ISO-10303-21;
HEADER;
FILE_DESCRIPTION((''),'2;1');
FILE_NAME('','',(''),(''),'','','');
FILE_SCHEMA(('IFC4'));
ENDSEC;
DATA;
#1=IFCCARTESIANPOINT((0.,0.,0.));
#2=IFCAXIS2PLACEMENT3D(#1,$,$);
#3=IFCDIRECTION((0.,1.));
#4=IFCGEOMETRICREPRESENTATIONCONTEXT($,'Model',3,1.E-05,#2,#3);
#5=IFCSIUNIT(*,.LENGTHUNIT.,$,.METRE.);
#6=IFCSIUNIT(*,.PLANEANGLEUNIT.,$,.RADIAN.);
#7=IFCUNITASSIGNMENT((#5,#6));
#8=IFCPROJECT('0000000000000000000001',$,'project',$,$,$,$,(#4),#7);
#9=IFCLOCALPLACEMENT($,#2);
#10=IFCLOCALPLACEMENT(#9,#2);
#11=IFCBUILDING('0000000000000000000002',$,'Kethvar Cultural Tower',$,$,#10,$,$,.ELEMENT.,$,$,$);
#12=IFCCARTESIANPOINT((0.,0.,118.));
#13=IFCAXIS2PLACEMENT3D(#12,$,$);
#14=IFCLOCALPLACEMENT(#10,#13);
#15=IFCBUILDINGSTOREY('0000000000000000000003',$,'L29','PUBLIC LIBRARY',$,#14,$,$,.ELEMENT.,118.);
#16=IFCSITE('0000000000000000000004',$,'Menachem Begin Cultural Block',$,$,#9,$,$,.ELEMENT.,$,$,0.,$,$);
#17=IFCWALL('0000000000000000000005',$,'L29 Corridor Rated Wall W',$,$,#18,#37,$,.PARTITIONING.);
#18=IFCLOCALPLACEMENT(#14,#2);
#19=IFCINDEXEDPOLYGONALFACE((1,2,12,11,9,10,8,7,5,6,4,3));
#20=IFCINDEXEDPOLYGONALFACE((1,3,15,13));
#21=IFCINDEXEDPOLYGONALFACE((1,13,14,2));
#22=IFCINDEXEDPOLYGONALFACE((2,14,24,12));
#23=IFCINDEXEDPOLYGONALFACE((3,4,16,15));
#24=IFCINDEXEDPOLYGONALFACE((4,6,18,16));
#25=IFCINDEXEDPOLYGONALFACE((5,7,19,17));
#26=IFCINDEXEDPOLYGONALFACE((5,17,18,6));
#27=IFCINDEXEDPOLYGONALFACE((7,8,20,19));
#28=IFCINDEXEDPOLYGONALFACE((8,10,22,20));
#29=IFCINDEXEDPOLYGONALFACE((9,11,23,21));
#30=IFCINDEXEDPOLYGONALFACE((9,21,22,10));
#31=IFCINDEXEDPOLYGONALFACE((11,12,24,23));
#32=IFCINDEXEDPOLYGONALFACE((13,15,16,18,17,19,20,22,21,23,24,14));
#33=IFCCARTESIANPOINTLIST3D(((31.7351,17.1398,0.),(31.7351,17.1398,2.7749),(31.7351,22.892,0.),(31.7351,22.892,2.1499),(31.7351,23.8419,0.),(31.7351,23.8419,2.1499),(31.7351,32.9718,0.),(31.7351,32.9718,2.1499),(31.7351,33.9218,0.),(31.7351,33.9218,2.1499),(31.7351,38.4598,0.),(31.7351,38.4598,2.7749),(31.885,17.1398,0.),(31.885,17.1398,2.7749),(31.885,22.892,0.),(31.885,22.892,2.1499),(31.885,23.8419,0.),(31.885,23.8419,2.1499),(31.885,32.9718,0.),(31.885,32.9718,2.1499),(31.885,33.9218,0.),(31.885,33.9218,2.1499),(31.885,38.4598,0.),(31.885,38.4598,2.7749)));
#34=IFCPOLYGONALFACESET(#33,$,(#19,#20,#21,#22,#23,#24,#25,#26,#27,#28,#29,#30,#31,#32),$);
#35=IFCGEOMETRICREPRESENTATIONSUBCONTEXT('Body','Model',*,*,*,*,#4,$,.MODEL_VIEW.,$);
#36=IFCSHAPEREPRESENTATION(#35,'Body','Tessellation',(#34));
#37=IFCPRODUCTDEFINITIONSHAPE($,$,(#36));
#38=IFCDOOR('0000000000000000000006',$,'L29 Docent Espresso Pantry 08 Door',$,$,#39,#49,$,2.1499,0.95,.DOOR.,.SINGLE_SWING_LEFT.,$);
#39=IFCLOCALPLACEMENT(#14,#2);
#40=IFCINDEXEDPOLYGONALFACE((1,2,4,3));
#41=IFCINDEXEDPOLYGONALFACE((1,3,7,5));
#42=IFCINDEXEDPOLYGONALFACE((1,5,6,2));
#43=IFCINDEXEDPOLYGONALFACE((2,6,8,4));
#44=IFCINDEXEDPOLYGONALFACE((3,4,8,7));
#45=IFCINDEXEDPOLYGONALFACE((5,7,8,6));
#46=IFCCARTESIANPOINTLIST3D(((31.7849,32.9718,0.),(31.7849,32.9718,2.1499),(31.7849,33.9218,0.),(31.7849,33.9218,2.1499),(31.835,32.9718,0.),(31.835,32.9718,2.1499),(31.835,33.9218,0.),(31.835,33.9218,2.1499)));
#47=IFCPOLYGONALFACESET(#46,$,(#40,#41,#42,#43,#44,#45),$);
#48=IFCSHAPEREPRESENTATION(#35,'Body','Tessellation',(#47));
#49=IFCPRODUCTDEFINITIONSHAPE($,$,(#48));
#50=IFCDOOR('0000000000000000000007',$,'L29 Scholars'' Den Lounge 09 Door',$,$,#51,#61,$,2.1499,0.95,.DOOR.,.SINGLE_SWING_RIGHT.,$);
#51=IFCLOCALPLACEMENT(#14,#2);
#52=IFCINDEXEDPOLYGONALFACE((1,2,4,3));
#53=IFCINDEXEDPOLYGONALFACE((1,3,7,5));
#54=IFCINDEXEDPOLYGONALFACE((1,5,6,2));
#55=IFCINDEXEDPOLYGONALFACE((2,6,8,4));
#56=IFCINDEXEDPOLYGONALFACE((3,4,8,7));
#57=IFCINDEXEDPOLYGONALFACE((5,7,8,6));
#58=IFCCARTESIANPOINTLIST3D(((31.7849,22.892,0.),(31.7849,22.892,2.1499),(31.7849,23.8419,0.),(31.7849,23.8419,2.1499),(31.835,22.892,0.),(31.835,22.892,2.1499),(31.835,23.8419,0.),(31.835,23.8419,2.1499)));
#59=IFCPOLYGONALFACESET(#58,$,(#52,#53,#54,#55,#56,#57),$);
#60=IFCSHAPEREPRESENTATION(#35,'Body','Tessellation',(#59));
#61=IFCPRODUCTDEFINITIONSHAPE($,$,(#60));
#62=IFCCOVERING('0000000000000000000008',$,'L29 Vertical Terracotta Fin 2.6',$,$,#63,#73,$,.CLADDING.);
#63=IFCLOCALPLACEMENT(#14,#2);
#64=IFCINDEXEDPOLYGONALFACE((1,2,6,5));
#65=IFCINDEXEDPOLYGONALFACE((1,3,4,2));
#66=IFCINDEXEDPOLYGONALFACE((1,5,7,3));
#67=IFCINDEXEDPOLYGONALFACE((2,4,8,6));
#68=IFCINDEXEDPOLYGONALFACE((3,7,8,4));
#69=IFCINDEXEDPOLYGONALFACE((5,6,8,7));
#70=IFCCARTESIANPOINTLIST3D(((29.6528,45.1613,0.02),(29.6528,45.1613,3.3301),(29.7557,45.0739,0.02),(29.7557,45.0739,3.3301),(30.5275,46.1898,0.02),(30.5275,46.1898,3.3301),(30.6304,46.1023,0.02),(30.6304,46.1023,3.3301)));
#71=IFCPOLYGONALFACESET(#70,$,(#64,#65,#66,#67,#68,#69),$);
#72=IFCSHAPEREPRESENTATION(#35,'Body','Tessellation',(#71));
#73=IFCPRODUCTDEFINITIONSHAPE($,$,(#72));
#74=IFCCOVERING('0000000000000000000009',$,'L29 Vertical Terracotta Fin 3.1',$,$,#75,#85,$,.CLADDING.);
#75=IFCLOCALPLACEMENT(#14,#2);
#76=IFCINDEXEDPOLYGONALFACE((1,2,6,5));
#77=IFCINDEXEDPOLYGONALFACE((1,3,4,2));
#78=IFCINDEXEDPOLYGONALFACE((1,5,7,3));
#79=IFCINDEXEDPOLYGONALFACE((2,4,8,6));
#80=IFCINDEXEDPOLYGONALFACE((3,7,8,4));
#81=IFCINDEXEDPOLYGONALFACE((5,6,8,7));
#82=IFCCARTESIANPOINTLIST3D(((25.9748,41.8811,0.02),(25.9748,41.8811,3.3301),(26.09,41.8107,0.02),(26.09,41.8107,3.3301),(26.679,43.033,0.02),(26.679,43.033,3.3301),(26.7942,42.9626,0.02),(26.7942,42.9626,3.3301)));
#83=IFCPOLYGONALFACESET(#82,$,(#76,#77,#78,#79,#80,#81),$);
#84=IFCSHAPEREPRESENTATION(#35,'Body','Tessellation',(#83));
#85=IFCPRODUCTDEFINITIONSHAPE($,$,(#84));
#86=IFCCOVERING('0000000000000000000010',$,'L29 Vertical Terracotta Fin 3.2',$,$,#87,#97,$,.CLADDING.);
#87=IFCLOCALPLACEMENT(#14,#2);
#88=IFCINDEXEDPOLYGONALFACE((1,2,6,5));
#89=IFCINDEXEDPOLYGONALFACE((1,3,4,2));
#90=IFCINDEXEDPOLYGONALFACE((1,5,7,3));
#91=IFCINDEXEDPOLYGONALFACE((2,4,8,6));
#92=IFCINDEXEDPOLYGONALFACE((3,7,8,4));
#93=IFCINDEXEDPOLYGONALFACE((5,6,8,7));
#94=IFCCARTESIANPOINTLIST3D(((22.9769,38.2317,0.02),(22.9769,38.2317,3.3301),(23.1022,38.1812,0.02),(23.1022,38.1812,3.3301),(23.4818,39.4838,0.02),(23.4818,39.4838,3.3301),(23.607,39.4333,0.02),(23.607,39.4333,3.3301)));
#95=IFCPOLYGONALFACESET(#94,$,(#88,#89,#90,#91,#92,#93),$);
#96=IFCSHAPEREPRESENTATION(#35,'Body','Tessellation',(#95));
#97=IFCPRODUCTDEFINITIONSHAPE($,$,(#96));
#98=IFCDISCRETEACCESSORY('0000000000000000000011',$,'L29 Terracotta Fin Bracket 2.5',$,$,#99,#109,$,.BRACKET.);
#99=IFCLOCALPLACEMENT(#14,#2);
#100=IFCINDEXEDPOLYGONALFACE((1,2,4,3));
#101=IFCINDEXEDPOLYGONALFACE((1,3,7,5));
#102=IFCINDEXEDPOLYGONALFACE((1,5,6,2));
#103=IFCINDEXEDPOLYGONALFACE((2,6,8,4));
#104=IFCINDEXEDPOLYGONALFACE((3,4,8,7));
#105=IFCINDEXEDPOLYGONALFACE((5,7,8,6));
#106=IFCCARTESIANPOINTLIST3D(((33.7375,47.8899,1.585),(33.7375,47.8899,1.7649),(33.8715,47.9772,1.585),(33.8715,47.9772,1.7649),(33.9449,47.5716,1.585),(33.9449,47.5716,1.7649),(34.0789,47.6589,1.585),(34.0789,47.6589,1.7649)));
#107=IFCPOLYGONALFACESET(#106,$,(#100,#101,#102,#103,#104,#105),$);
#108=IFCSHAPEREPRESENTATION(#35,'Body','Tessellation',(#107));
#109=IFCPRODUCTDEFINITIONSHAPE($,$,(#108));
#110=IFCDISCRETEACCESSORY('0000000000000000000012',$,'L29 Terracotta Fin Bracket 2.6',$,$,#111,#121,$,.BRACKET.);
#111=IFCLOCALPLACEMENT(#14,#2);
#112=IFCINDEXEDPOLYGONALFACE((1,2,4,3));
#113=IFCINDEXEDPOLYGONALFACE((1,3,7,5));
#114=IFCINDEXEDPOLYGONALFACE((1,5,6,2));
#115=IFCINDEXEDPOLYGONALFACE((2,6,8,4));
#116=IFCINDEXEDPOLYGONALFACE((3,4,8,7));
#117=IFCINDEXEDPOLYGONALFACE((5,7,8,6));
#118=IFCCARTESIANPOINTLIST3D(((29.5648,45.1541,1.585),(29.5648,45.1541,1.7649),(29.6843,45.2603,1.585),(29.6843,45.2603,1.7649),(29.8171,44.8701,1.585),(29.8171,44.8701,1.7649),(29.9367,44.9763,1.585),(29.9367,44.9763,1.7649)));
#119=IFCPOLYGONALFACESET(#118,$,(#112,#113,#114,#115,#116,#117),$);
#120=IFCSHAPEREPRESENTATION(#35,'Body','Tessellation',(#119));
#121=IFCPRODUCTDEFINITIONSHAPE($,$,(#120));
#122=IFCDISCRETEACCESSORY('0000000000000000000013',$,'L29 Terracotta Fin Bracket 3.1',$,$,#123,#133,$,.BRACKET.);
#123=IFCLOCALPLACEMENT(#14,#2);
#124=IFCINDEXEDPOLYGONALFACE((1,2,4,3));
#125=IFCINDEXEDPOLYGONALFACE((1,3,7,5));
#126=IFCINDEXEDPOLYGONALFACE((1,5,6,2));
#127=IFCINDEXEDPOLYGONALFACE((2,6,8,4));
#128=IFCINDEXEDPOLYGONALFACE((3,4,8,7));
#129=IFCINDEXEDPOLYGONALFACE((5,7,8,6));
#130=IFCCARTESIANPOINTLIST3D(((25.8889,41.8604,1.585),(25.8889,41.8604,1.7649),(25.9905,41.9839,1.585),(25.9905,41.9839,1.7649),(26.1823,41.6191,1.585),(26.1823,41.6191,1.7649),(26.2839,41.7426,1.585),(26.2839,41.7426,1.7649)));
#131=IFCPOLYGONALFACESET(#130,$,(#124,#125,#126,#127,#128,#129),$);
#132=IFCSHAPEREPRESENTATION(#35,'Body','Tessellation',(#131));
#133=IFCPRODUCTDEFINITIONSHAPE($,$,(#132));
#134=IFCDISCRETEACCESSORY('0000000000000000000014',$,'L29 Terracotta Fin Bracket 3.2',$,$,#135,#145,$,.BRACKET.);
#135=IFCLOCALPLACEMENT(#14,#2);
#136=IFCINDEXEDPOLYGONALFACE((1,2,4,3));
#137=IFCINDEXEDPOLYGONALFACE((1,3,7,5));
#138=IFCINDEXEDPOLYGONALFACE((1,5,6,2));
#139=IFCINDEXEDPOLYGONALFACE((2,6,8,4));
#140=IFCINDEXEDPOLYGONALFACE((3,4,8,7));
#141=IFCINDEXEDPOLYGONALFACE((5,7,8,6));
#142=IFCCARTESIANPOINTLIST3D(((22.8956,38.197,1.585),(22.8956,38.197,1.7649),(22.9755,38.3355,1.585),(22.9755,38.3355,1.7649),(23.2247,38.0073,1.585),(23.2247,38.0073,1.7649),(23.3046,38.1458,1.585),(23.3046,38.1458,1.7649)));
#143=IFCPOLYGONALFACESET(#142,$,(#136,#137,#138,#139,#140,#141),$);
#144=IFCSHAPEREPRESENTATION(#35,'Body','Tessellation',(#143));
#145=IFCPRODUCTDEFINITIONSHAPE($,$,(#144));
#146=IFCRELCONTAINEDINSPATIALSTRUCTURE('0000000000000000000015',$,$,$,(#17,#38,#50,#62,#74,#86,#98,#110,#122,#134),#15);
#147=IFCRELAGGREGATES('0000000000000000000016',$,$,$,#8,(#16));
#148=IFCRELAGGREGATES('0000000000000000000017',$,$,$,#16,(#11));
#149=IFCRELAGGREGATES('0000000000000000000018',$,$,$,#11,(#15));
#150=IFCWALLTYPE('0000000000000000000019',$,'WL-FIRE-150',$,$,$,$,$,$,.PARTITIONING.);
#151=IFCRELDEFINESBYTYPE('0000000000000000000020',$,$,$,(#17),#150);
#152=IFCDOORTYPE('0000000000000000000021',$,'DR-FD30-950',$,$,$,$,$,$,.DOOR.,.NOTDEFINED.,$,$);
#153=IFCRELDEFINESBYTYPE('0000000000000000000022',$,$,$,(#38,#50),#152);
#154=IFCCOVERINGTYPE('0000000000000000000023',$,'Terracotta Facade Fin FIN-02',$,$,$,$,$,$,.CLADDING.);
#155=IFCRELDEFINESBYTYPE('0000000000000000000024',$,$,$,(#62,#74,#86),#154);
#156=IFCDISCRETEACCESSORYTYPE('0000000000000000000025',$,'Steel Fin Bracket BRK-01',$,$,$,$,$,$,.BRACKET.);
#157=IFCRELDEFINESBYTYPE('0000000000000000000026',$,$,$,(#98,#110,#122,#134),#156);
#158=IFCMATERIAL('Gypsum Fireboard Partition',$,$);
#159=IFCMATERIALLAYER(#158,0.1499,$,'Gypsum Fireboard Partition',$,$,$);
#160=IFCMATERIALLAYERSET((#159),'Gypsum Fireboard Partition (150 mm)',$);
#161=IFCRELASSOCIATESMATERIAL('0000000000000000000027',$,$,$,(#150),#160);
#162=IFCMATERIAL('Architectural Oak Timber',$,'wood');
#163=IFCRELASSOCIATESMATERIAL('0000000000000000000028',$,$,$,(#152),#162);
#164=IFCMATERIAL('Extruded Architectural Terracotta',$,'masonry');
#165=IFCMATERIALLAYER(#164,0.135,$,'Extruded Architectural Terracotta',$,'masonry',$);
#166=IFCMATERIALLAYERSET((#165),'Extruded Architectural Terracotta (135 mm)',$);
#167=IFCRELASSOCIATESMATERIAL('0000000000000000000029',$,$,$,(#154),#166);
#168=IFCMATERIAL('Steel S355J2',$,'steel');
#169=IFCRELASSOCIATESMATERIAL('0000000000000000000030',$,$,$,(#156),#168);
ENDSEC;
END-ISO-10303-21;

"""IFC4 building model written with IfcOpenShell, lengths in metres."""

from ifc_helpers import new_model, si_unit, direction, frame, frame_2d, origin, origin_2d, place, context, subcontext, project, spatial, rectangle, extrude, source, transform, mapped, material, layer, layer_set, type_object, element, fill, save


model = new_model("IFC4")

# Units and contexts
model_context = context("Model", 3, precision=1e-05, world=origin(), true_north=direction((0.0, 1.0)))
body_context = subcontext(model_context, "Body", "Model", "MODEL_VIEW")
ifc_project = project(units=[si_unit("LENGTHUNIT", "METRE"), si_unit("PLANEANGLEUNIT", "RADIAN")], contexts=[model_context])

# Site, building, storey
site_placement = place(None, origin())
site = spatial("IfcSite", under=ifc_project, at=site_placement, Name="Menachem Begin Cultural Block", CompositionType="ELEMENT", RefElevation=0.0)
building_placement = place(site_placement, origin())
building = spatial("IfcBuilding", under=site, at=building_placement, Name="Kethvar Cultural Tower", CompositionType="ELEMENT")
storey_placement = place(building_placement, frame((0.0, 0.0, 118.0)))
storey = spatial("IfcBuildingStorey", under=building, at=storey_placement, Name="L29", Description="PUBLIC LIBRARY", CompositionType="ELEMENT", Elevation=118.0)

# Shared definitions
ifc_material_1 = material(Name="Steel S355J2", Category="steel")

# Wall, openings, doors
ifc_material_2 = material(Name="Gypsum Fireboard Partition")
ifc_layer_1 = layer(ifc_material_2, 0.1499, Name="Gypsum Fireboard Partition")
ifc_layer_set_1 = layer_set([ifc_layer_1], Name="Gypsum Fireboard Partition (150 mm)")
wall_type = type_object("IfcWallType", Name="WL-FIRE-150", PredefinedType="PARTITIONING", material=ifc_layer_set_1)
wall_placement = place(storey_placement, frame((31.8101, 38.46, 0.0), z_axis=(0.0, 0.0, 1.0), x_axis=(0.0, -1.0, 0.0)))
wall = element("IfcWall", 1, at=wall_placement, inside=storey, type_object=wall_type, Name="L29 Corridor Rated Wall W", PredefinedType="PARTITIONING", context=body_context, shape_type="SweptSolid", body=[
    extrude(rectangle(XDim=21.3201, YDim=0.1499, at=frame_2d((10.6602, 0.0))), origin(), (0.0, 0.0, 1.0), 2.7749),
])
opening_1_placement = place(wall_placement, frame((4.5381, 0.0, 0.0)))
opening_1 = element("IfcOpeningElement", 2, at=opening_1_placement, cuts=wall, PredefinedType="OPENING", context=body_context, shape_type="SweptSolid", body=[
    extrude(rectangle(XDim=0.95, YDim=2.1499, at=frame_2d((0.4751, 1.075))), frame((0.0, 0.085, 0.0), z_axis=(0.0, -1.0, 0.0), x_axis=(1.0, 0.0, 0.0)), (0.0, 0.0, 1.0), 0.1699),
])
opening_2_placement = place(wall_placement, frame((14.6179, 0.0, 0.0)))
opening_2 = element("IfcOpeningElement", 3, at=opening_2_placement, cuts=wall, PredefinedType="OPENING", context=body_context, shape_type="SweptSolid", body=[
    extrude(rectangle(XDim=0.95, YDim=2.1499, at=frame_2d((0.4751, 1.075))), frame((0.0, 0.085, 0.0), z_axis=(0.0, -1.0, 0.0), x_axis=(1.0, 0.0, 0.0)), (0.0, 0.0, 1.0), 0.1699),
])
ifc_material_3 = material(Name="Architectural Oak Timber", Category="wood")
door_type = type_object("IfcDoorType", Name="DR-FD30-950", OperationType="NOTDEFINED", PredefinedType="DOOR", material=ifc_material_3)
shared_shape_1 = source(origin(), body_context, "Body", "SweptSolid", [
    extrude(rectangle(XDim=0.95, YDim=2.1499, at=frame_2d((0.4751, 1.075))), frame((0.0, 0.0249, 0.0), z_axis=(0.0, -1.0, 0.0), x_axis=(1.0, 0.0, 0.0)), (0.0, 0.0, 1.0), 0.05),
])
door_1_placement = place(opening_1_placement, origin())
door_1 = element("IfcDoor", 4, at=door_1_placement, inside=storey, type_object=door_type, Name="L29 Docent Espresso Pantry 08 Door", OperationType="SINGLE_SWING_LEFT", OverallHeight=2.1499, OverallWidth=0.95, PredefinedType="DOOR", context=body_context, shape_type="MappedRepresentation", body=[
    mapped(shared_shape_1, transform((0.0, 0.0, 0.0), scale=1.0)),
])
fill(opening_1, door_1)
door_2_placement = place(opening_2_placement, origin())
door_2 = element("IfcDoor", 5, at=door_2_placement, inside=storey, type_object=door_type, Name="L29 Scholars' Den Lounge 09 Door", OperationType="SINGLE_SWING_RIGHT", OverallHeight=2.1499, OverallWidth=0.95, PredefinedType="DOOR", context=body_context, shape_type="MappedRepresentation", body=[
    mapped(shared_shape_1, transform((0.0, 0.0, 0.0), scale=1.0)),
])
fill(opening_2, door_2)

# Coverings
ifc_material_4 = material(Name="Extruded Architectural Terracotta", Category="masonry")
ifc_layer_2 = layer(ifc_material_4, 0.135, Name="Extruded Architectural Terracotta", Category="masonry")
ifc_layer_set_2 = layer_set([ifc_layer_2], Name="Extruded Architectural Terracotta (135 mm)")
covering_type = type_object("IfcCoveringType", Name="Terracotta Facade Fin FIN-02", PredefinedType="CLADDING", material=ifc_layer_set_2)
shared_shape_2 = source(origin(), body_context, "Body", "SweptSolid", [
    extrude(rectangle(XDim=1.3501, YDim=0.135, at=origin_2d()), origin(), (0.0, 0.0, 1.0), 3.3101),
])
for number, where, z_axis, x_axis, name in (
    (6, (30.1416, 45.6318, 0.02), (0.0, 0.0, 1.0), (0.647854, 0.761764, 0.0), "L29 Vertical Terracotta Fin 2.6"),
    (7, (26.3845, 42.4219, 0.02), (0.0, 0.0, 1.0), (0.521605, 0.853187, 0.0), "L29 Vertical Terracotta Fin 3.1"),
    (8, (23.292, 38.8325, 0.02), (0.0, 0.0, 1.0), (0.373959, 0.927445, 0.0), "L29 Vertical Terracotta Fin 3.2"),
):
    element("IfcCovering", number, at=place(storey_placement, frame(where, z_axis=z_axis, x_axis=x_axis)), inside=storey, type_object=covering_type, Name=name, PredefinedType="CLADDING", context=body_context, shape_type="MappedRepresentation", body=[
        mapped(shared_shape_2, transform((0.0, 0.0, 0.0), scale=1.0)),
    ])

# Discrete accessories
discrete_accessory_type = type_object("IfcDiscreteAccessoryType", Name="Steel Fin Bracket BRK-01", PredefinedType="BRACKET", material=ifc_material_1)
shared_shape_3 = source(origin(), body_context, "Body", "SweptSolid", [
    extrude(rectangle(XDim=0.3799, YDim=0.1599, at=origin_2d()), origin(), (0.0, 0.0, 1.0), 0.1799),
])
for number, where, z_axis, x_axis, name in (
    (9, (33.9082, 47.7744, 1.585), (0.0, 0.0, 1.0), (-0.545956, 0.837814, 0.0), "L29 Terracotta Fin Bracket 2.5"),
    (10, (29.7507, 45.0652, 1.585), (0.0, 0.0, 1.0), (-0.664187, 0.747566, 0.0), "L29 Terracotta Fin Bracket 2.6"),
    (11, (26.0864, 41.8015, 1.585), (0.0, 0.0, 1.0), (-0.77229, 0.63527, 0.0), "L29 Terracotta Fin Bracket 3.1"),
    (12, (23.1001, 38.1714, 1.585), (0.0, 0.0, 1.0), (-0.866374, 0.499395, 0.0), "L29 Terracotta Fin Bracket 3.2"),
):
    element("IfcDiscreteAccessory", number, at=place(storey_placement, frame(where, z_axis=z_axis, x_axis=x_axis)), inside=storey, type_object=discrete_accessory_type, Name=name, PredefinedType="BRACKET", context=body_context, shape_type="MappedRepresentation", body=[
        mapped(shared_shape_3, transform((0.0, 0.0, 0.0), scale=1.0)),
    ])

save(model, "model.ifc")
